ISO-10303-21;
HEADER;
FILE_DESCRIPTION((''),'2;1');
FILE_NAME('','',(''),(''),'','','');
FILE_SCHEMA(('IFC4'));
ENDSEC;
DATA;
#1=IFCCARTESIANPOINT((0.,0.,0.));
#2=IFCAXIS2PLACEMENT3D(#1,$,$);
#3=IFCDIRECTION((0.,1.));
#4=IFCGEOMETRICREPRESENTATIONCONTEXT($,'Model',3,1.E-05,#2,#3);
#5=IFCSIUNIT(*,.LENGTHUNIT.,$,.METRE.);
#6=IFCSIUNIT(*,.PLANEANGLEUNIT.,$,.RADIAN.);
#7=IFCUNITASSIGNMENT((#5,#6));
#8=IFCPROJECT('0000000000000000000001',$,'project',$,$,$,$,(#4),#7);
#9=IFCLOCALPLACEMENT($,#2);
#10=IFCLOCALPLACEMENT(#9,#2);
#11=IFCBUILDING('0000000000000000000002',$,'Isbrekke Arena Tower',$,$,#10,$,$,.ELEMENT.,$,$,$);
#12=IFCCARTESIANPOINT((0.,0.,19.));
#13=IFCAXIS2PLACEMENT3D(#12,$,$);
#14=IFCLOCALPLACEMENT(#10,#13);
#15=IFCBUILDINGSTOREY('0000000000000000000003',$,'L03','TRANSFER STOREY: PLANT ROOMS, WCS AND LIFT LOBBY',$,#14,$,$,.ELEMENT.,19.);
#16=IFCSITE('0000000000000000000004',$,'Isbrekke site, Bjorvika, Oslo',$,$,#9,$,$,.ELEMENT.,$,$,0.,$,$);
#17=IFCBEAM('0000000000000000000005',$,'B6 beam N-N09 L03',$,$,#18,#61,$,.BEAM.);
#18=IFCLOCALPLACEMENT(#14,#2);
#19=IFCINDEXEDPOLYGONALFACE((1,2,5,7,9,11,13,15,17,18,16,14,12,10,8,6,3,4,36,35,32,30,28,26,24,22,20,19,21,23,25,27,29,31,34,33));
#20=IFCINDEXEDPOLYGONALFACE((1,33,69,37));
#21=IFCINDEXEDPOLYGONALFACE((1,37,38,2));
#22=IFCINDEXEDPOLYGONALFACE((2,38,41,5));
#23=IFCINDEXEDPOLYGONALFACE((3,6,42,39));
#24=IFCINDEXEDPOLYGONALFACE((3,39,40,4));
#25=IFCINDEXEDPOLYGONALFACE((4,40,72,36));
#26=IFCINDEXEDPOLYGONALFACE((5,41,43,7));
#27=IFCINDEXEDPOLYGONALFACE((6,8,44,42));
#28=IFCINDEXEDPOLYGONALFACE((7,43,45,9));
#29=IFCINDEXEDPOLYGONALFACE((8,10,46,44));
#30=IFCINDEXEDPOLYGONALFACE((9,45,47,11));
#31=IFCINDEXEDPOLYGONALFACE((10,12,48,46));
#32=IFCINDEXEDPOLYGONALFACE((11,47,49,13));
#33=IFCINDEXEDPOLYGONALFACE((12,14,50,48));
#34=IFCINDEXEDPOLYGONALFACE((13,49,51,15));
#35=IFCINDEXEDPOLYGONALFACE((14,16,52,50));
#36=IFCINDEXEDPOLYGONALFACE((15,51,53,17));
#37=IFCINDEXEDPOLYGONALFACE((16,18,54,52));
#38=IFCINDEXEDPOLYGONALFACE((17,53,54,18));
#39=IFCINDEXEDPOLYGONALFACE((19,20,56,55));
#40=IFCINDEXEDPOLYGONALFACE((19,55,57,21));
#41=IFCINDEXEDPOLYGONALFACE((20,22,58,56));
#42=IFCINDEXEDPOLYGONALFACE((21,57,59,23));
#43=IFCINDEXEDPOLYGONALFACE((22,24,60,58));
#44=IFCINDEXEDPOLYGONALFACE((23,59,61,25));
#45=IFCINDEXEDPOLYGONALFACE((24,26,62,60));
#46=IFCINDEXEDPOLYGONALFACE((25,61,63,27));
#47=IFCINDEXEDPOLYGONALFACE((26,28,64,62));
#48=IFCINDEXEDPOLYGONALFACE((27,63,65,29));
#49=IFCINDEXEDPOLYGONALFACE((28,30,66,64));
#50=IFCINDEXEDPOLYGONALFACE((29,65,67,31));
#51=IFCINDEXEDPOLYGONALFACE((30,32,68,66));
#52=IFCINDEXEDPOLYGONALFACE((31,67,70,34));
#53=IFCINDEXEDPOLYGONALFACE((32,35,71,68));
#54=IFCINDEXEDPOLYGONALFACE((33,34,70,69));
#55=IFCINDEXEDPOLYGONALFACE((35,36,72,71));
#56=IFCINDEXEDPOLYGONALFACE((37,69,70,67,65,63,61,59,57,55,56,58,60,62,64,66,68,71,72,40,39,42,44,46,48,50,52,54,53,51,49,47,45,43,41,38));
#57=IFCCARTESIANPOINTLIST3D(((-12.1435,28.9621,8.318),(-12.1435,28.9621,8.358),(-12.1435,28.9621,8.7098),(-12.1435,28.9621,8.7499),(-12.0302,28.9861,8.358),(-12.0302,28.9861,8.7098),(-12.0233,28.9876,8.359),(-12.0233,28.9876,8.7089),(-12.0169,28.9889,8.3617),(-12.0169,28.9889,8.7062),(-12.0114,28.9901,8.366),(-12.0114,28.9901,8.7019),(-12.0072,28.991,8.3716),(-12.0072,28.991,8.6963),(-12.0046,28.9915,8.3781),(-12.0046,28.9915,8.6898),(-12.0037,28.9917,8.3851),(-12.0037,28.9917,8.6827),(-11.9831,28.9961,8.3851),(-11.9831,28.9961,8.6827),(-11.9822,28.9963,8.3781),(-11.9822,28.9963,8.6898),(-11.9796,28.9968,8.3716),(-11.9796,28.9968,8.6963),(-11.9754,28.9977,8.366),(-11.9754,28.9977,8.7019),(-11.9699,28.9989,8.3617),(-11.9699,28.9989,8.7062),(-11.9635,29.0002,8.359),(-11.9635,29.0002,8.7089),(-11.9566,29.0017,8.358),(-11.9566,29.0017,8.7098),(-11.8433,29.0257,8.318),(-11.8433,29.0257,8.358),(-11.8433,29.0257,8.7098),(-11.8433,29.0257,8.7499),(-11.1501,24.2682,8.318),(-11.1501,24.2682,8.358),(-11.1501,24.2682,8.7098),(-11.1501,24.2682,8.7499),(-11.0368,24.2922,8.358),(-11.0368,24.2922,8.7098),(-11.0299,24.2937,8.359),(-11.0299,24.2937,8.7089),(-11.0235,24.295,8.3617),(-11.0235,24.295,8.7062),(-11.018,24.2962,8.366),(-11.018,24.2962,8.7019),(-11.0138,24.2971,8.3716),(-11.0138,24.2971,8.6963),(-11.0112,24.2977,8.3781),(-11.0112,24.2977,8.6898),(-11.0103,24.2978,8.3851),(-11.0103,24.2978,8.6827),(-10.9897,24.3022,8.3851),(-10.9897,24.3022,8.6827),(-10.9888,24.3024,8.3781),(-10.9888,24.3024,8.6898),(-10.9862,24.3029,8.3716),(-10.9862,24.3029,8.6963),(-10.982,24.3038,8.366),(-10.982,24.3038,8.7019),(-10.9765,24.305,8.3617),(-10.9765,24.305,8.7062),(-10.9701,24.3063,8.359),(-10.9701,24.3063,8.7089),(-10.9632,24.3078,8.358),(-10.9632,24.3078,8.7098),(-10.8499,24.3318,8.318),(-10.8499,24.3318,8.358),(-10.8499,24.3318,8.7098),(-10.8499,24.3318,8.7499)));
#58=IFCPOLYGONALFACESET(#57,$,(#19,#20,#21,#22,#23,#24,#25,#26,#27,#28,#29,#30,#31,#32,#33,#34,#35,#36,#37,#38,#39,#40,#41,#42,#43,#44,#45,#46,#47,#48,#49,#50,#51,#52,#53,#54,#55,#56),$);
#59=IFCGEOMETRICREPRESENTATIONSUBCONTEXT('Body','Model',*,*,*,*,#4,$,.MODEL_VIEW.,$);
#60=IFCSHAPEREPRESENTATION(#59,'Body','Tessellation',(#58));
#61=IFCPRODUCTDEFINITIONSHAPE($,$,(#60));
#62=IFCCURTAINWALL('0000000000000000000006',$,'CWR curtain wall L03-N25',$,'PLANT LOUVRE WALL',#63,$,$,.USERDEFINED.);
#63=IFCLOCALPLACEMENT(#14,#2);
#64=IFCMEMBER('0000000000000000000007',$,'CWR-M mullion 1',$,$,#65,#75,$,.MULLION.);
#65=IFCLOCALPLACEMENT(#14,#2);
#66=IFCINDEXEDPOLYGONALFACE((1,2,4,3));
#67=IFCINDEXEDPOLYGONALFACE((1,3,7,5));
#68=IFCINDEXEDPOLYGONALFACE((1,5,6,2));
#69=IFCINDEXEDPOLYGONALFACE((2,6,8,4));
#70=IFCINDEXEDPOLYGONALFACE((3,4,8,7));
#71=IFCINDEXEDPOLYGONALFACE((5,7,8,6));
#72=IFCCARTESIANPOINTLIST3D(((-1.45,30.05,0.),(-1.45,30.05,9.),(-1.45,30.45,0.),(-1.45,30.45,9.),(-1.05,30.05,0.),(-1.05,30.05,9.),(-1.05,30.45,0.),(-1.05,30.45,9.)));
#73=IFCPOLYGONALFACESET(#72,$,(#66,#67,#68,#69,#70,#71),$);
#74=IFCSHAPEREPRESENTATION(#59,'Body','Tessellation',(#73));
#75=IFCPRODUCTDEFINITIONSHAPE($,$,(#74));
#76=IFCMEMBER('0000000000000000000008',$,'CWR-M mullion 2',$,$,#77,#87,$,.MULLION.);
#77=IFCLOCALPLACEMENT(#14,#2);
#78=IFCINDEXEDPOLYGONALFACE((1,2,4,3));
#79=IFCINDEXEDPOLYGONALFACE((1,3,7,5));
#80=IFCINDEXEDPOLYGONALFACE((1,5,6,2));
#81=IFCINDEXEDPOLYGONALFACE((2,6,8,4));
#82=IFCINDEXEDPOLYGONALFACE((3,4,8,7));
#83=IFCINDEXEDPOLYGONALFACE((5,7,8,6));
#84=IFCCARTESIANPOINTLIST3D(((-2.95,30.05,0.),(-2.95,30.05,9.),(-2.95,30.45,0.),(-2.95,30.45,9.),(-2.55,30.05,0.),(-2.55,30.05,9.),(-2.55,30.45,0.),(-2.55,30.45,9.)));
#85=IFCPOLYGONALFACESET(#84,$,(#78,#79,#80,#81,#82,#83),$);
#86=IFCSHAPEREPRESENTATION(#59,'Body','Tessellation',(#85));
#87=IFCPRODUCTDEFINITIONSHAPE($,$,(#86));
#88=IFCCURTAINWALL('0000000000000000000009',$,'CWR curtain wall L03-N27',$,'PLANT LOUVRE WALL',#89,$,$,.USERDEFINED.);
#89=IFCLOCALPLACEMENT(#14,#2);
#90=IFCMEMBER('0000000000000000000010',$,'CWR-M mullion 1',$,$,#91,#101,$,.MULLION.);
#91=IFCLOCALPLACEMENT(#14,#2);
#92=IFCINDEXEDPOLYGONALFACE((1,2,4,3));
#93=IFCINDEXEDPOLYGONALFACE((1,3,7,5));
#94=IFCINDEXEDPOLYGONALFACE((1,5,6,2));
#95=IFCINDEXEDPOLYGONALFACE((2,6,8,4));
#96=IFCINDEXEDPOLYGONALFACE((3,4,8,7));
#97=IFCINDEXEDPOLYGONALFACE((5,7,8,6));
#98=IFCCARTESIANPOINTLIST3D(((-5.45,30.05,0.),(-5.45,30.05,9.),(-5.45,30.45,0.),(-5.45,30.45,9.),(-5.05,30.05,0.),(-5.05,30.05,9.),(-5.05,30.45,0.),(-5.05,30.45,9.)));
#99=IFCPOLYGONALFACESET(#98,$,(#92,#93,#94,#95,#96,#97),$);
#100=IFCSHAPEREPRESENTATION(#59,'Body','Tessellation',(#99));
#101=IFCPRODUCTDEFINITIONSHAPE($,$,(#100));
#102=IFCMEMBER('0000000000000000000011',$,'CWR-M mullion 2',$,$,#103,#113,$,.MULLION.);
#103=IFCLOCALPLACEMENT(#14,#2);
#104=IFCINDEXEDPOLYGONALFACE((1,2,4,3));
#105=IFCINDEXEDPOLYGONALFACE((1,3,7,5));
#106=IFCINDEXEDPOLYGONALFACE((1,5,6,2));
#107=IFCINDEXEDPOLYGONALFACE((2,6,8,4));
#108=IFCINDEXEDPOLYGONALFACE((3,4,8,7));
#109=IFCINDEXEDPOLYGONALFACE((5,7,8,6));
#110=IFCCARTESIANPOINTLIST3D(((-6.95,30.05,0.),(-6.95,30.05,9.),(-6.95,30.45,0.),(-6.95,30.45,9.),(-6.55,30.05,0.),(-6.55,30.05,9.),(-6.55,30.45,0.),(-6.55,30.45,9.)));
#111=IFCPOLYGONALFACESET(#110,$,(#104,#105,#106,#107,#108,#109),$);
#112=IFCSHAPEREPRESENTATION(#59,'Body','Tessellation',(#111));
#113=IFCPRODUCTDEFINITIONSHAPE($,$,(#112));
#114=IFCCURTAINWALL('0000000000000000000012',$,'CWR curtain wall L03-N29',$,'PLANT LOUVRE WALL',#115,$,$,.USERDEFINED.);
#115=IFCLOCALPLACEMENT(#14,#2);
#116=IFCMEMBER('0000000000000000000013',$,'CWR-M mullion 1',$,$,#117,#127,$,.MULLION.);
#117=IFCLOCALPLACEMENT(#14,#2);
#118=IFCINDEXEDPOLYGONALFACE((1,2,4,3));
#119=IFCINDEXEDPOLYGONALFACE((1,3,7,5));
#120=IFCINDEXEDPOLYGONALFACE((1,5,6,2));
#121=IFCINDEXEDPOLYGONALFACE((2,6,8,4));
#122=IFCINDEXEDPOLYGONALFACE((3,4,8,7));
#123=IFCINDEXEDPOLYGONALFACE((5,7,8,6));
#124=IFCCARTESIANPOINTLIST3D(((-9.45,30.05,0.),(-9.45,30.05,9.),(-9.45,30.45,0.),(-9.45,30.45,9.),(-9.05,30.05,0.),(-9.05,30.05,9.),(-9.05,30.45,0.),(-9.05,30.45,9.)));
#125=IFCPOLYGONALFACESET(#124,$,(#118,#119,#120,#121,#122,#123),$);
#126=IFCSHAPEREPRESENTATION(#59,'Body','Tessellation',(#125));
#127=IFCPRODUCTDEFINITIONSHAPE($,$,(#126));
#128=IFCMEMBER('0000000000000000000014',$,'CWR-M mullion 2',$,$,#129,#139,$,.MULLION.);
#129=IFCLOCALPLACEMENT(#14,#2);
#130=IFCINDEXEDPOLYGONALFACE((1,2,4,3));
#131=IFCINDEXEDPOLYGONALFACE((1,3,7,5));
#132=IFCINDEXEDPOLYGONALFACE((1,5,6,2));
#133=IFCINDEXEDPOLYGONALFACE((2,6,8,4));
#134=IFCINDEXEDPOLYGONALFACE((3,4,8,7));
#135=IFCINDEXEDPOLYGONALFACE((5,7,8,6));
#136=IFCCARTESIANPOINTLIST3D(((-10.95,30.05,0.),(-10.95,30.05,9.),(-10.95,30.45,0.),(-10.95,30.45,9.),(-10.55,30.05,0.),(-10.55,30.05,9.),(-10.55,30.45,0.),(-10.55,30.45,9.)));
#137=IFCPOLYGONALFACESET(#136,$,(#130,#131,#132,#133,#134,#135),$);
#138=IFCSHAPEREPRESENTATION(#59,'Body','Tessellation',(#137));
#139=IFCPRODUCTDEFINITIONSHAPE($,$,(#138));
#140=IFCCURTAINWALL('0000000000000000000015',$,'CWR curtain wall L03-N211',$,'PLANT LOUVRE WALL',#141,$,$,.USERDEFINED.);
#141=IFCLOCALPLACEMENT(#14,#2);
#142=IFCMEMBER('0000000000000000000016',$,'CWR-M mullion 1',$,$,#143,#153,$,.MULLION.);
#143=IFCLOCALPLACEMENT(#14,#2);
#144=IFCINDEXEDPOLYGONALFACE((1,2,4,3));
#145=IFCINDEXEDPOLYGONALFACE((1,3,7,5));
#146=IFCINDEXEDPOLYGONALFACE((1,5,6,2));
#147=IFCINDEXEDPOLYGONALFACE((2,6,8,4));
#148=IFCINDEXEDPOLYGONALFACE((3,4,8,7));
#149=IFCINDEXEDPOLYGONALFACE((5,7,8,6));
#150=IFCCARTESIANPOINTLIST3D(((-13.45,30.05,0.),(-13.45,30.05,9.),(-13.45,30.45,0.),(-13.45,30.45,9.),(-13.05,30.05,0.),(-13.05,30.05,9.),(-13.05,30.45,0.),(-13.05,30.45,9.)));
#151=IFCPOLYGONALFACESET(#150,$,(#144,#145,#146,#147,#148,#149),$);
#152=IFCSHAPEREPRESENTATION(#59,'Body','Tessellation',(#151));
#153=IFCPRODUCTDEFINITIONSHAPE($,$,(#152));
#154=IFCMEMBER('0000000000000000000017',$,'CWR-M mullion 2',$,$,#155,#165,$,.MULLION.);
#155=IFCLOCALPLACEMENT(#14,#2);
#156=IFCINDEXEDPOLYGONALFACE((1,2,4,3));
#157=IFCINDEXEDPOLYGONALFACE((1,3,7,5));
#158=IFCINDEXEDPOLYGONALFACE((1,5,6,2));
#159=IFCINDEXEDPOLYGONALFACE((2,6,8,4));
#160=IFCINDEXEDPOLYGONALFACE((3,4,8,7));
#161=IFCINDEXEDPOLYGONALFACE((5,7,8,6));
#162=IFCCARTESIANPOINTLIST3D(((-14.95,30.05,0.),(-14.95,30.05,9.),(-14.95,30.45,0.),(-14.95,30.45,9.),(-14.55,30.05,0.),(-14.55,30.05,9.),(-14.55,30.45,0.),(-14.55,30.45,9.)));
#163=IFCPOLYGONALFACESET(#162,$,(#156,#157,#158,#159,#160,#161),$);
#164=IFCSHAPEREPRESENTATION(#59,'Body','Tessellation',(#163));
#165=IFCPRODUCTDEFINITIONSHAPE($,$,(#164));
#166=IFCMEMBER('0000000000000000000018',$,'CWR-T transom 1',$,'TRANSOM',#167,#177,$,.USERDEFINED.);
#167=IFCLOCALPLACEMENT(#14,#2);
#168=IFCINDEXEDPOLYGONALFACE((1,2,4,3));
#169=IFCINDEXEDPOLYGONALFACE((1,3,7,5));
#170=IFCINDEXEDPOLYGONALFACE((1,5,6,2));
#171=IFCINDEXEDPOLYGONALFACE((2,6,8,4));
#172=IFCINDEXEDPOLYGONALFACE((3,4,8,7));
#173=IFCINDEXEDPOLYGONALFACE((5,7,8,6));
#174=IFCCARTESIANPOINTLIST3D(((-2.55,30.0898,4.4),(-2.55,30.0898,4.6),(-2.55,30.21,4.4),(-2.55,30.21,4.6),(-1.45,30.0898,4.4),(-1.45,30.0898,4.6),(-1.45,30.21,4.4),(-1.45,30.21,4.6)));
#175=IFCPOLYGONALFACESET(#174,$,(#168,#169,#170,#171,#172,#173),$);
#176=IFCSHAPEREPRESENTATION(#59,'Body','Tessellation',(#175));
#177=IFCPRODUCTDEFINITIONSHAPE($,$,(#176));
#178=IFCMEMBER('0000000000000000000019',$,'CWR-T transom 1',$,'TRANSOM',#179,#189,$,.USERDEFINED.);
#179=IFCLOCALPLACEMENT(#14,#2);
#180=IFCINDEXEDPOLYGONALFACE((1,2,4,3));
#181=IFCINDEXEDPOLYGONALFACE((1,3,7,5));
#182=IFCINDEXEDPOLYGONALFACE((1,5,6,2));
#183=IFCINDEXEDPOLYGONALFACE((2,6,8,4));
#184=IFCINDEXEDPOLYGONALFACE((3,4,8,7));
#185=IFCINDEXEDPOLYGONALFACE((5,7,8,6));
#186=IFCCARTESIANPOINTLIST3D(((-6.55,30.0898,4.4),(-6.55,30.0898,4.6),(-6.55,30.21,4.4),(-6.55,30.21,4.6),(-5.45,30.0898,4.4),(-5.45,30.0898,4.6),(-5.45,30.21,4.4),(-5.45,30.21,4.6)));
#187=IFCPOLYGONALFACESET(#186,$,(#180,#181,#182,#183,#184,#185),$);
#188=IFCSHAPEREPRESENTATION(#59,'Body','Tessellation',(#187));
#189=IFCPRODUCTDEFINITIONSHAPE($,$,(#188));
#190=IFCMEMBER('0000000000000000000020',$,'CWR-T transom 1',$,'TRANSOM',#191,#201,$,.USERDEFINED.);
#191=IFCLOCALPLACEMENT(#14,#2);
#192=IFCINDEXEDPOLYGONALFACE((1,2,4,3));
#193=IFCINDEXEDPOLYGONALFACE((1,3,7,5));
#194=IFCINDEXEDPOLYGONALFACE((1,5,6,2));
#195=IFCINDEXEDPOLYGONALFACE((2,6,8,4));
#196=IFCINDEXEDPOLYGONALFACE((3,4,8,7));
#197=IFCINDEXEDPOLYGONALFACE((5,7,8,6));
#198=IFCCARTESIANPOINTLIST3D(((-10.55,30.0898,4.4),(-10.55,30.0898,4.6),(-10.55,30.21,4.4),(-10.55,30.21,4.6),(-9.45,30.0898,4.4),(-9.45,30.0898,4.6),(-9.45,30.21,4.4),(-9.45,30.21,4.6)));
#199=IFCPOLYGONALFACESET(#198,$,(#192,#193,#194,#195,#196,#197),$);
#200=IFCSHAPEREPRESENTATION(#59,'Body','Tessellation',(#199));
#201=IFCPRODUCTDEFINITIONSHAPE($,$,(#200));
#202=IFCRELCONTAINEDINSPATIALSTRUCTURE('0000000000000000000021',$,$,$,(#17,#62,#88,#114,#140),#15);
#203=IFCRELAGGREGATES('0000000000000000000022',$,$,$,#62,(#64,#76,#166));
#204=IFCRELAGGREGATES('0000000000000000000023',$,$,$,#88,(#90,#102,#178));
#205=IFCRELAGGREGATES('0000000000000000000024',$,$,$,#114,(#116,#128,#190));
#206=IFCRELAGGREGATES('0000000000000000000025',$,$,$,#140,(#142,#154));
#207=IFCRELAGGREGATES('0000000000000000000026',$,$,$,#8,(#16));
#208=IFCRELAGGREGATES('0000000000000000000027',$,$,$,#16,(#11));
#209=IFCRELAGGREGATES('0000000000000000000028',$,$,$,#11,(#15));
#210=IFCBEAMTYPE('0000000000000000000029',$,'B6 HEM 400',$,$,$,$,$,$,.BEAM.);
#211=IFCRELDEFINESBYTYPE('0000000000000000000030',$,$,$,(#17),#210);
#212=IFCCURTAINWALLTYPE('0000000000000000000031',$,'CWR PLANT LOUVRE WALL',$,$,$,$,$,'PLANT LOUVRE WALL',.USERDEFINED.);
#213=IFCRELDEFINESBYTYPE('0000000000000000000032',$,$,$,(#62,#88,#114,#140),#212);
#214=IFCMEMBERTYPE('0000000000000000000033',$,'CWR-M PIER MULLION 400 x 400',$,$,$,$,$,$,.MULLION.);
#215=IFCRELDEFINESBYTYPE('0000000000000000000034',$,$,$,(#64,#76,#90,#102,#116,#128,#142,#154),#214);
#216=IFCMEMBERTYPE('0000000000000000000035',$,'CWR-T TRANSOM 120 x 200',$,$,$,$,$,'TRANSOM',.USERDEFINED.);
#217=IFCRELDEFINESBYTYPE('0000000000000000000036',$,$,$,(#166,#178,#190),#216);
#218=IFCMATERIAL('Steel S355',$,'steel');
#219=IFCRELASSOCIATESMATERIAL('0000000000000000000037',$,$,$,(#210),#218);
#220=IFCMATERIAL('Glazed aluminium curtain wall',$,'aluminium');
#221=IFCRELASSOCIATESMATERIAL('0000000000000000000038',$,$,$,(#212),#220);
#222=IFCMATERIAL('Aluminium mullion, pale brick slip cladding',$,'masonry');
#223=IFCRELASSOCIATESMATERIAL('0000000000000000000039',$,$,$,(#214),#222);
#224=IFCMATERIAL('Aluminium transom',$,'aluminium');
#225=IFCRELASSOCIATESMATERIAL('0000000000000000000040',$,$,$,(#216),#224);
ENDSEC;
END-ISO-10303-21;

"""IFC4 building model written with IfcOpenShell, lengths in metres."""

from ifc_helpers import new_model, si_unit, direction, frame, origin, origin_2d, place, context, subcontext, project, spatial, rectangle, i_section, extrude, material, material_profile, profile_set, type_object, element, aggregate, save


model = new_model("IFC4")

# Units and contexts
model_context = context("Model", 3, precision=1e-05, world=origin(), true_north=direction((0.0, 1.0)))
body_context = subcontext(model_context, "Body", "Model", "MODEL_VIEW")
ifc_project = project(units=[si_unit("LENGTHUNIT", "METRE"), si_unit("PLANEANGLEUNIT", "RADIAN")], contexts=[model_context])

# Site, building, storey
site_placement = place(None, origin())
site = spatial("IfcSite", under=ifc_project, at=site_placement, Name="Isbrekke site, Bjorvika, Oslo", CompositionType="ELEMENT", RefElevation=0.0)
building_placement = place(site_placement, origin())
building = spatial("IfcBuilding", under=site, at=building_placement, Name="Isbrekke Arena Tower", CompositionType="ELEMENT")
storey_placement = place(building_placement, frame((0.0, 0.0, 19.0)))
storey = spatial("IfcBuildingStorey", under=building, at=storey_placement, Name="L03", Description="TRANSFER STOREY: PLANT ROOMS, WCS AND LIFT LOBBY", CompositionType="ELEMENT", Elevation=19.0)

# Beam
ifc_material_1 = material(Name="Steel S355", Category="steel")
ifc_material_profile_1 = material_profile(ifc_material_1, i_section(OverallWidth=0.3069, OverallDepth=0.4319, WebThickness=0.021, FlangeThickness=0.04, FilletRadius=0.0271, at=origin_2d()), Name="HEM 400")
ifc_profile_set_1 = profile_set([ifc_material_profile_1], Name="Steel S355")
beam_type_1 = type_object("IfcBeamType", Name="B6 HEM 400", PredefinedType="BEAM", material=ifc_profile_set_1)
beam_1_placement = place(storey_placement, frame((-11.9934, 28.9939, 8.5339), z_axis=(0.207054, -0.978329, 0.0), x_axis=(0.978329, 0.207054, 0.0)))
element("IfcBeam", 1, at=beam_1_placement, inside=storey, type_object=beam_type_1, Name="B6 beam N-N09 L03", PredefinedType="BEAM", context=body_context, shape_type="SweptSolid", body=[
    extrude(i_section(OverallWidth=0.3069, OverallDepth=0.4319, WebThickness=0.021, FlangeThickness=0.04, FilletRadius=0.0271, at=origin_2d()), origin(), (0.0, 0.0, 1.0), 4.7979),
])

# Curtain walls, members
ifc_material_2 = material(Name="Glazed aluminium curtain wall", Category="aluminium")
curtain_wall_type = type_object("IfcCurtainWallType", Name="CWR PLANT LOUVRE WALL", ElementType="PLANT LOUVRE WALL", PredefinedType="USERDEFINED", material=ifc_material_2)
curtain_wall_1_placement = place(storey_placement, origin())
curtain_wall_1 = element("IfcCurtainWall", 2, at=curtain_wall_1_placement, inside=storey, type_object=curtain_wall_type, Name="CWR curtain wall L03-N25", ObjectType="PLANT LOUVRE WALL", PredefinedType="USERDEFINED")
ifc_material_3 = material(Name="Aluminium mullion, pale brick slip cladding", Category="masonry")
ifc_material_profile_2 = material_profile(ifc_material_3, rectangle(XDim=0.3999, YDim=0.3999, at=origin_2d()), Name="PIER 400X400")
ifc_profile_set_2 = profile_set([ifc_material_profile_2], Name="Aluminium mullion, pale brick slip cladding")
member_type_1 = type_object("IfcMemberType", Name="CWR-M PIER MULLION 400 x 400", PredefinedType="MULLION", material=ifc_profile_set_2)
member_1_placement = place(storey_placement, frame((-1.25, 30.25, 0.0), z_axis=(0.0, 0.0, 1.0), x_axis=(-1.0, 0.0, 0.0)))
member_1 = element("IfcMember", 3, at=member_1_placement, type_object=member_type_1, Name="CWR-M mullion 1", PredefinedType="MULLION", context=body_context, shape_type="SweptSolid", body=[
    extrude(rectangle(XDim=0.3999, YDim=0.3999, at=origin_2d()), origin(), (0.0, 0.0, 1.0), 9.0),
])
member_2_placement = place(storey_placement, frame((-2.75, 30.25, 0.0), z_axis=(0.0, 0.0, 1.0), x_axis=(-1.0, 0.0, 0.0)))
member_2 = element("IfcMember", 4, at=member_2_placement, type_object=member_type_1, Name="CWR-M mullion 2", PredefinedType="MULLION", context=body_context, shape_type="SweptSolid", body=[
    extrude(rectangle(XDim=0.3999, YDim=0.3999, at=origin_2d()), origin(), (0.0, 0.0, 1.0), 9.0),
])
curtain_wall_2_placement = place(storey_placement, origin())
curtain_wall_2 = element("IfcCurtainWall", 5, at=curtain_wall_2_placement, inside=storey, type_object=curtain_wall_type, Name="CWR curtain wall L03-N27", ObjectType="PLANT LOUVRE WALL", PredefinedType="USERDEFINED")
member_3_placement = place(storey_placement, frame((-5.25, 30.25, 0.0), z_axis=(0.0, 0.0, 1.0), x_axis=(-1.0, 0.0, 0.0)))
member_3 = element("IfcMember", 6, at=member_3_placement, type_object=member_type_1, Name="CWR-M mullion 1", PredefinedType="MULLION", context=body_context, shape_type="SweptSolid", body=[
    extrude(rectangle(XDim=0.3999, YDim=0.3999, at=origin_2d()), origin(), (0.0, 0.0, 1.0), 9.0),
])
member_4_placement = place(storey_placement, frame((-6.75, 30.25, 0.0), z_axis=(0.0, 0.0, 1.0), x_axis=(-1.0, 0.0, 0.0)))
member_4 = element("IfcMember", 7, at=member_4_placement, type_object=member_type_1, Name="CWR-M mullion 2", PredefinedType="MULLION", context=body_context, shape_type="SweptSolid", body=[
    extrude(rectangle(XDim=0.3999, YDim=0.3999, at=origin_2d()), origin(), (0.0, 0.0, 1.0), 9.0),
])
curtain_wall_3_placement = place(storey_placement, origin())
curtain_wall_3 = element("IfcCurtainWall", 8, at=curtain_wall_3_placement, inside=storey, type_object=curtain_wall_type, Name="CWR curtain wall L03-N29", ObjectType="PLANT LOUVRE WALL", PredefinedType="USERDEFINED")
member_5_placement = place(storey_placement, frame((-9.25, 30.25, 0.0), z_axis=(0.0, 0.0, 1.0), x_axis=(-1.0, 0.0, 0.0)))
member_5 = element("IfcMember", 9, at=member_5_placement, type_object=member_type_1, Name="CWR-M mullion 1", PredefinedType="MULLION", context=body_context, shape_type="SweptSolid", body=[
    extrude(rectangle(XDim=0.3999, YDim=0.3999, at=origin_2d()), origin(), (0.0, 0.0, 1.0), 9.0),
])
member_6_placement = place(storey_placement, frame((-10.75, 30.25, 0.0), z_axis=(0.0, 0.0, 1.0), x_axis=(-1.0, 0.0, 0.0)))
member_6 = element("IfcMember", 10, at=member_6_placement, type_object=member_type_1, Name="CWR-M mullion 2", PredefinedType="MULLION", context=body_context, shape_type="SweptSolid", body=[
    extrude(rectangle(XDim=0.3999, YDim=0.3999, at=origin_2d()), origin(), (0.0, 0.0, 1.0), 9.0),
])
curtain_wall_4_placement = place(storey_placement, origin())
curtain_wall_4 = element("IfcCurtainWall", 11, at=curtain_wall_4_placement, inside=storey, type_object=curtain_wall_type, Name="CWR curtain wall L03-N211", ObjectType="PLANT LOUVRE WALL", PredefinedType="USERDEFINED")
member_7_placement = place(storey_placement, frame((-13.25, 30.25, 0.0), z_axis=(0.0, 0.0, 1.0), x_axis=(-1.0, 0.0, 0.0)))
member_7 = element("IfcMember", 12, at=member_7_placement, type_object=member_type_1, Name="CWR-M mullion 1", PredefinedType="MULLION", context=body_context, shape_type="SweptSolid", body=[
    extrude(rectangle(XDim=0.3999, YDim=0.3999, at=origin_2d()), origin(), (0.0, 0.0, 1.0), 9.0),
])
member_8_placement = place(storey_placement, frame((-14.75, 30.25, 0.0), z_axis=(0.0, 0.0, 1.0), x_axis=(-1.0, 0.0, 0.0)))
member_8 = element("IfcMember", 13, at=member_8_placement, type_object=member_type_1, Name="CWR-M mullion 2", PredefinedType="MULLION", context=body_context, shape_type="SweptSolid", body=[
    extrude(rectangle(XDim=0.3999, YDim=0.3999, at=origin_2d()), origin(), (0.0, 0.0, 1.0), 9.0),
])

# Members
ifc_material_4 = material(Name="Aluminium transom", Category="aluminium")
ifc_material_profile_3 = material_profile(ifc_material_4, rectangle(XDim=0.1201, YDim=0.2, at=origin_2d()), Name="TRANSOM 120X200")
ifc_profile_set_3 = profile_set([ifc_material_profile_3], Name="Aluminium transom")
member_type_2 = type_object("IfcMemberType", Name="CWR-T TRANSOM 120 x 200", ElementType="TRANSOM", PredefinedType="USERDEFINED", material=ifc_profile_set_3)
member_9_placement = place(storey_placement, frame((-1.45, 30.1499, 4.5), z_axis=(-1.0, 0.0, 0.0), x_axis=(0.0, -1.0, 0.0)))
member_9 = element("IfcMember", 14, at=member_9_placement, type_object=member_type_2, Name="CWR-T transom 1", ObjectType="TRANSOM", PredefinedType="USERDEFINED", context=body_context, shape_type="SweptSolid", body=[
    extrude(rectangle(XDim=0.1201, YDim=0.2, at=origin_2d()), origin(), (0.0, 0.0, 1.0), 1.1001),
])
member_10_placement = place(storey_placement, frame((-5.45, 30.1499, 4.5), z_axis=(-1.0, 0.0, 0.0), x_axis=(0.0, -1.0, 0.0)))
member_10 = element("IfcMember", 15, at=member_10_placement, type_object=member_type_2, Name="CWR-T transom 1", ObjectType="TRANSOM", PredefinedType="USERDEFINED", context=body_context, shape_type="SweptSolid", body=[
    extrude(rectangle(XDim=0.1201, YDim=0.2, at=origin_2d()), origin(), (0.0, 0.0, 1.0), 1.1001),
])
member_11_placement = place(storey_placement, frame((-9.45, 30.1499, 4.5), z_axis=(-1.0, 0.0, 0.0), x_axis=(0.0, -1.0, 0.0)))
member_11 = element("IfcMember", 16, at=member_11_placement, type_object=member_type_2, Name="CWR-T transom 1", ObjectType="TRANSOM", PredefinedType="USERDEFINED", context=body_context, shape_type="SweptSolid", body=[
    extrude(rectangle(XDim=0.1201, YDim=0.2, at=origin_2d()), origin(), (0.0, 0.0, 1.0), 1.1001),
])

aggregate(curtain_wall_1, [member_1, member_2, member_9])
aggregate(curtain_wall_2, [member_3, member_4, member_10])
aggregate(curtain_wall_3, [member_5, member_6, member_11])
aggregate(curtain_wall_4, [member_7, member_8])

save(model, "model.ifc")
